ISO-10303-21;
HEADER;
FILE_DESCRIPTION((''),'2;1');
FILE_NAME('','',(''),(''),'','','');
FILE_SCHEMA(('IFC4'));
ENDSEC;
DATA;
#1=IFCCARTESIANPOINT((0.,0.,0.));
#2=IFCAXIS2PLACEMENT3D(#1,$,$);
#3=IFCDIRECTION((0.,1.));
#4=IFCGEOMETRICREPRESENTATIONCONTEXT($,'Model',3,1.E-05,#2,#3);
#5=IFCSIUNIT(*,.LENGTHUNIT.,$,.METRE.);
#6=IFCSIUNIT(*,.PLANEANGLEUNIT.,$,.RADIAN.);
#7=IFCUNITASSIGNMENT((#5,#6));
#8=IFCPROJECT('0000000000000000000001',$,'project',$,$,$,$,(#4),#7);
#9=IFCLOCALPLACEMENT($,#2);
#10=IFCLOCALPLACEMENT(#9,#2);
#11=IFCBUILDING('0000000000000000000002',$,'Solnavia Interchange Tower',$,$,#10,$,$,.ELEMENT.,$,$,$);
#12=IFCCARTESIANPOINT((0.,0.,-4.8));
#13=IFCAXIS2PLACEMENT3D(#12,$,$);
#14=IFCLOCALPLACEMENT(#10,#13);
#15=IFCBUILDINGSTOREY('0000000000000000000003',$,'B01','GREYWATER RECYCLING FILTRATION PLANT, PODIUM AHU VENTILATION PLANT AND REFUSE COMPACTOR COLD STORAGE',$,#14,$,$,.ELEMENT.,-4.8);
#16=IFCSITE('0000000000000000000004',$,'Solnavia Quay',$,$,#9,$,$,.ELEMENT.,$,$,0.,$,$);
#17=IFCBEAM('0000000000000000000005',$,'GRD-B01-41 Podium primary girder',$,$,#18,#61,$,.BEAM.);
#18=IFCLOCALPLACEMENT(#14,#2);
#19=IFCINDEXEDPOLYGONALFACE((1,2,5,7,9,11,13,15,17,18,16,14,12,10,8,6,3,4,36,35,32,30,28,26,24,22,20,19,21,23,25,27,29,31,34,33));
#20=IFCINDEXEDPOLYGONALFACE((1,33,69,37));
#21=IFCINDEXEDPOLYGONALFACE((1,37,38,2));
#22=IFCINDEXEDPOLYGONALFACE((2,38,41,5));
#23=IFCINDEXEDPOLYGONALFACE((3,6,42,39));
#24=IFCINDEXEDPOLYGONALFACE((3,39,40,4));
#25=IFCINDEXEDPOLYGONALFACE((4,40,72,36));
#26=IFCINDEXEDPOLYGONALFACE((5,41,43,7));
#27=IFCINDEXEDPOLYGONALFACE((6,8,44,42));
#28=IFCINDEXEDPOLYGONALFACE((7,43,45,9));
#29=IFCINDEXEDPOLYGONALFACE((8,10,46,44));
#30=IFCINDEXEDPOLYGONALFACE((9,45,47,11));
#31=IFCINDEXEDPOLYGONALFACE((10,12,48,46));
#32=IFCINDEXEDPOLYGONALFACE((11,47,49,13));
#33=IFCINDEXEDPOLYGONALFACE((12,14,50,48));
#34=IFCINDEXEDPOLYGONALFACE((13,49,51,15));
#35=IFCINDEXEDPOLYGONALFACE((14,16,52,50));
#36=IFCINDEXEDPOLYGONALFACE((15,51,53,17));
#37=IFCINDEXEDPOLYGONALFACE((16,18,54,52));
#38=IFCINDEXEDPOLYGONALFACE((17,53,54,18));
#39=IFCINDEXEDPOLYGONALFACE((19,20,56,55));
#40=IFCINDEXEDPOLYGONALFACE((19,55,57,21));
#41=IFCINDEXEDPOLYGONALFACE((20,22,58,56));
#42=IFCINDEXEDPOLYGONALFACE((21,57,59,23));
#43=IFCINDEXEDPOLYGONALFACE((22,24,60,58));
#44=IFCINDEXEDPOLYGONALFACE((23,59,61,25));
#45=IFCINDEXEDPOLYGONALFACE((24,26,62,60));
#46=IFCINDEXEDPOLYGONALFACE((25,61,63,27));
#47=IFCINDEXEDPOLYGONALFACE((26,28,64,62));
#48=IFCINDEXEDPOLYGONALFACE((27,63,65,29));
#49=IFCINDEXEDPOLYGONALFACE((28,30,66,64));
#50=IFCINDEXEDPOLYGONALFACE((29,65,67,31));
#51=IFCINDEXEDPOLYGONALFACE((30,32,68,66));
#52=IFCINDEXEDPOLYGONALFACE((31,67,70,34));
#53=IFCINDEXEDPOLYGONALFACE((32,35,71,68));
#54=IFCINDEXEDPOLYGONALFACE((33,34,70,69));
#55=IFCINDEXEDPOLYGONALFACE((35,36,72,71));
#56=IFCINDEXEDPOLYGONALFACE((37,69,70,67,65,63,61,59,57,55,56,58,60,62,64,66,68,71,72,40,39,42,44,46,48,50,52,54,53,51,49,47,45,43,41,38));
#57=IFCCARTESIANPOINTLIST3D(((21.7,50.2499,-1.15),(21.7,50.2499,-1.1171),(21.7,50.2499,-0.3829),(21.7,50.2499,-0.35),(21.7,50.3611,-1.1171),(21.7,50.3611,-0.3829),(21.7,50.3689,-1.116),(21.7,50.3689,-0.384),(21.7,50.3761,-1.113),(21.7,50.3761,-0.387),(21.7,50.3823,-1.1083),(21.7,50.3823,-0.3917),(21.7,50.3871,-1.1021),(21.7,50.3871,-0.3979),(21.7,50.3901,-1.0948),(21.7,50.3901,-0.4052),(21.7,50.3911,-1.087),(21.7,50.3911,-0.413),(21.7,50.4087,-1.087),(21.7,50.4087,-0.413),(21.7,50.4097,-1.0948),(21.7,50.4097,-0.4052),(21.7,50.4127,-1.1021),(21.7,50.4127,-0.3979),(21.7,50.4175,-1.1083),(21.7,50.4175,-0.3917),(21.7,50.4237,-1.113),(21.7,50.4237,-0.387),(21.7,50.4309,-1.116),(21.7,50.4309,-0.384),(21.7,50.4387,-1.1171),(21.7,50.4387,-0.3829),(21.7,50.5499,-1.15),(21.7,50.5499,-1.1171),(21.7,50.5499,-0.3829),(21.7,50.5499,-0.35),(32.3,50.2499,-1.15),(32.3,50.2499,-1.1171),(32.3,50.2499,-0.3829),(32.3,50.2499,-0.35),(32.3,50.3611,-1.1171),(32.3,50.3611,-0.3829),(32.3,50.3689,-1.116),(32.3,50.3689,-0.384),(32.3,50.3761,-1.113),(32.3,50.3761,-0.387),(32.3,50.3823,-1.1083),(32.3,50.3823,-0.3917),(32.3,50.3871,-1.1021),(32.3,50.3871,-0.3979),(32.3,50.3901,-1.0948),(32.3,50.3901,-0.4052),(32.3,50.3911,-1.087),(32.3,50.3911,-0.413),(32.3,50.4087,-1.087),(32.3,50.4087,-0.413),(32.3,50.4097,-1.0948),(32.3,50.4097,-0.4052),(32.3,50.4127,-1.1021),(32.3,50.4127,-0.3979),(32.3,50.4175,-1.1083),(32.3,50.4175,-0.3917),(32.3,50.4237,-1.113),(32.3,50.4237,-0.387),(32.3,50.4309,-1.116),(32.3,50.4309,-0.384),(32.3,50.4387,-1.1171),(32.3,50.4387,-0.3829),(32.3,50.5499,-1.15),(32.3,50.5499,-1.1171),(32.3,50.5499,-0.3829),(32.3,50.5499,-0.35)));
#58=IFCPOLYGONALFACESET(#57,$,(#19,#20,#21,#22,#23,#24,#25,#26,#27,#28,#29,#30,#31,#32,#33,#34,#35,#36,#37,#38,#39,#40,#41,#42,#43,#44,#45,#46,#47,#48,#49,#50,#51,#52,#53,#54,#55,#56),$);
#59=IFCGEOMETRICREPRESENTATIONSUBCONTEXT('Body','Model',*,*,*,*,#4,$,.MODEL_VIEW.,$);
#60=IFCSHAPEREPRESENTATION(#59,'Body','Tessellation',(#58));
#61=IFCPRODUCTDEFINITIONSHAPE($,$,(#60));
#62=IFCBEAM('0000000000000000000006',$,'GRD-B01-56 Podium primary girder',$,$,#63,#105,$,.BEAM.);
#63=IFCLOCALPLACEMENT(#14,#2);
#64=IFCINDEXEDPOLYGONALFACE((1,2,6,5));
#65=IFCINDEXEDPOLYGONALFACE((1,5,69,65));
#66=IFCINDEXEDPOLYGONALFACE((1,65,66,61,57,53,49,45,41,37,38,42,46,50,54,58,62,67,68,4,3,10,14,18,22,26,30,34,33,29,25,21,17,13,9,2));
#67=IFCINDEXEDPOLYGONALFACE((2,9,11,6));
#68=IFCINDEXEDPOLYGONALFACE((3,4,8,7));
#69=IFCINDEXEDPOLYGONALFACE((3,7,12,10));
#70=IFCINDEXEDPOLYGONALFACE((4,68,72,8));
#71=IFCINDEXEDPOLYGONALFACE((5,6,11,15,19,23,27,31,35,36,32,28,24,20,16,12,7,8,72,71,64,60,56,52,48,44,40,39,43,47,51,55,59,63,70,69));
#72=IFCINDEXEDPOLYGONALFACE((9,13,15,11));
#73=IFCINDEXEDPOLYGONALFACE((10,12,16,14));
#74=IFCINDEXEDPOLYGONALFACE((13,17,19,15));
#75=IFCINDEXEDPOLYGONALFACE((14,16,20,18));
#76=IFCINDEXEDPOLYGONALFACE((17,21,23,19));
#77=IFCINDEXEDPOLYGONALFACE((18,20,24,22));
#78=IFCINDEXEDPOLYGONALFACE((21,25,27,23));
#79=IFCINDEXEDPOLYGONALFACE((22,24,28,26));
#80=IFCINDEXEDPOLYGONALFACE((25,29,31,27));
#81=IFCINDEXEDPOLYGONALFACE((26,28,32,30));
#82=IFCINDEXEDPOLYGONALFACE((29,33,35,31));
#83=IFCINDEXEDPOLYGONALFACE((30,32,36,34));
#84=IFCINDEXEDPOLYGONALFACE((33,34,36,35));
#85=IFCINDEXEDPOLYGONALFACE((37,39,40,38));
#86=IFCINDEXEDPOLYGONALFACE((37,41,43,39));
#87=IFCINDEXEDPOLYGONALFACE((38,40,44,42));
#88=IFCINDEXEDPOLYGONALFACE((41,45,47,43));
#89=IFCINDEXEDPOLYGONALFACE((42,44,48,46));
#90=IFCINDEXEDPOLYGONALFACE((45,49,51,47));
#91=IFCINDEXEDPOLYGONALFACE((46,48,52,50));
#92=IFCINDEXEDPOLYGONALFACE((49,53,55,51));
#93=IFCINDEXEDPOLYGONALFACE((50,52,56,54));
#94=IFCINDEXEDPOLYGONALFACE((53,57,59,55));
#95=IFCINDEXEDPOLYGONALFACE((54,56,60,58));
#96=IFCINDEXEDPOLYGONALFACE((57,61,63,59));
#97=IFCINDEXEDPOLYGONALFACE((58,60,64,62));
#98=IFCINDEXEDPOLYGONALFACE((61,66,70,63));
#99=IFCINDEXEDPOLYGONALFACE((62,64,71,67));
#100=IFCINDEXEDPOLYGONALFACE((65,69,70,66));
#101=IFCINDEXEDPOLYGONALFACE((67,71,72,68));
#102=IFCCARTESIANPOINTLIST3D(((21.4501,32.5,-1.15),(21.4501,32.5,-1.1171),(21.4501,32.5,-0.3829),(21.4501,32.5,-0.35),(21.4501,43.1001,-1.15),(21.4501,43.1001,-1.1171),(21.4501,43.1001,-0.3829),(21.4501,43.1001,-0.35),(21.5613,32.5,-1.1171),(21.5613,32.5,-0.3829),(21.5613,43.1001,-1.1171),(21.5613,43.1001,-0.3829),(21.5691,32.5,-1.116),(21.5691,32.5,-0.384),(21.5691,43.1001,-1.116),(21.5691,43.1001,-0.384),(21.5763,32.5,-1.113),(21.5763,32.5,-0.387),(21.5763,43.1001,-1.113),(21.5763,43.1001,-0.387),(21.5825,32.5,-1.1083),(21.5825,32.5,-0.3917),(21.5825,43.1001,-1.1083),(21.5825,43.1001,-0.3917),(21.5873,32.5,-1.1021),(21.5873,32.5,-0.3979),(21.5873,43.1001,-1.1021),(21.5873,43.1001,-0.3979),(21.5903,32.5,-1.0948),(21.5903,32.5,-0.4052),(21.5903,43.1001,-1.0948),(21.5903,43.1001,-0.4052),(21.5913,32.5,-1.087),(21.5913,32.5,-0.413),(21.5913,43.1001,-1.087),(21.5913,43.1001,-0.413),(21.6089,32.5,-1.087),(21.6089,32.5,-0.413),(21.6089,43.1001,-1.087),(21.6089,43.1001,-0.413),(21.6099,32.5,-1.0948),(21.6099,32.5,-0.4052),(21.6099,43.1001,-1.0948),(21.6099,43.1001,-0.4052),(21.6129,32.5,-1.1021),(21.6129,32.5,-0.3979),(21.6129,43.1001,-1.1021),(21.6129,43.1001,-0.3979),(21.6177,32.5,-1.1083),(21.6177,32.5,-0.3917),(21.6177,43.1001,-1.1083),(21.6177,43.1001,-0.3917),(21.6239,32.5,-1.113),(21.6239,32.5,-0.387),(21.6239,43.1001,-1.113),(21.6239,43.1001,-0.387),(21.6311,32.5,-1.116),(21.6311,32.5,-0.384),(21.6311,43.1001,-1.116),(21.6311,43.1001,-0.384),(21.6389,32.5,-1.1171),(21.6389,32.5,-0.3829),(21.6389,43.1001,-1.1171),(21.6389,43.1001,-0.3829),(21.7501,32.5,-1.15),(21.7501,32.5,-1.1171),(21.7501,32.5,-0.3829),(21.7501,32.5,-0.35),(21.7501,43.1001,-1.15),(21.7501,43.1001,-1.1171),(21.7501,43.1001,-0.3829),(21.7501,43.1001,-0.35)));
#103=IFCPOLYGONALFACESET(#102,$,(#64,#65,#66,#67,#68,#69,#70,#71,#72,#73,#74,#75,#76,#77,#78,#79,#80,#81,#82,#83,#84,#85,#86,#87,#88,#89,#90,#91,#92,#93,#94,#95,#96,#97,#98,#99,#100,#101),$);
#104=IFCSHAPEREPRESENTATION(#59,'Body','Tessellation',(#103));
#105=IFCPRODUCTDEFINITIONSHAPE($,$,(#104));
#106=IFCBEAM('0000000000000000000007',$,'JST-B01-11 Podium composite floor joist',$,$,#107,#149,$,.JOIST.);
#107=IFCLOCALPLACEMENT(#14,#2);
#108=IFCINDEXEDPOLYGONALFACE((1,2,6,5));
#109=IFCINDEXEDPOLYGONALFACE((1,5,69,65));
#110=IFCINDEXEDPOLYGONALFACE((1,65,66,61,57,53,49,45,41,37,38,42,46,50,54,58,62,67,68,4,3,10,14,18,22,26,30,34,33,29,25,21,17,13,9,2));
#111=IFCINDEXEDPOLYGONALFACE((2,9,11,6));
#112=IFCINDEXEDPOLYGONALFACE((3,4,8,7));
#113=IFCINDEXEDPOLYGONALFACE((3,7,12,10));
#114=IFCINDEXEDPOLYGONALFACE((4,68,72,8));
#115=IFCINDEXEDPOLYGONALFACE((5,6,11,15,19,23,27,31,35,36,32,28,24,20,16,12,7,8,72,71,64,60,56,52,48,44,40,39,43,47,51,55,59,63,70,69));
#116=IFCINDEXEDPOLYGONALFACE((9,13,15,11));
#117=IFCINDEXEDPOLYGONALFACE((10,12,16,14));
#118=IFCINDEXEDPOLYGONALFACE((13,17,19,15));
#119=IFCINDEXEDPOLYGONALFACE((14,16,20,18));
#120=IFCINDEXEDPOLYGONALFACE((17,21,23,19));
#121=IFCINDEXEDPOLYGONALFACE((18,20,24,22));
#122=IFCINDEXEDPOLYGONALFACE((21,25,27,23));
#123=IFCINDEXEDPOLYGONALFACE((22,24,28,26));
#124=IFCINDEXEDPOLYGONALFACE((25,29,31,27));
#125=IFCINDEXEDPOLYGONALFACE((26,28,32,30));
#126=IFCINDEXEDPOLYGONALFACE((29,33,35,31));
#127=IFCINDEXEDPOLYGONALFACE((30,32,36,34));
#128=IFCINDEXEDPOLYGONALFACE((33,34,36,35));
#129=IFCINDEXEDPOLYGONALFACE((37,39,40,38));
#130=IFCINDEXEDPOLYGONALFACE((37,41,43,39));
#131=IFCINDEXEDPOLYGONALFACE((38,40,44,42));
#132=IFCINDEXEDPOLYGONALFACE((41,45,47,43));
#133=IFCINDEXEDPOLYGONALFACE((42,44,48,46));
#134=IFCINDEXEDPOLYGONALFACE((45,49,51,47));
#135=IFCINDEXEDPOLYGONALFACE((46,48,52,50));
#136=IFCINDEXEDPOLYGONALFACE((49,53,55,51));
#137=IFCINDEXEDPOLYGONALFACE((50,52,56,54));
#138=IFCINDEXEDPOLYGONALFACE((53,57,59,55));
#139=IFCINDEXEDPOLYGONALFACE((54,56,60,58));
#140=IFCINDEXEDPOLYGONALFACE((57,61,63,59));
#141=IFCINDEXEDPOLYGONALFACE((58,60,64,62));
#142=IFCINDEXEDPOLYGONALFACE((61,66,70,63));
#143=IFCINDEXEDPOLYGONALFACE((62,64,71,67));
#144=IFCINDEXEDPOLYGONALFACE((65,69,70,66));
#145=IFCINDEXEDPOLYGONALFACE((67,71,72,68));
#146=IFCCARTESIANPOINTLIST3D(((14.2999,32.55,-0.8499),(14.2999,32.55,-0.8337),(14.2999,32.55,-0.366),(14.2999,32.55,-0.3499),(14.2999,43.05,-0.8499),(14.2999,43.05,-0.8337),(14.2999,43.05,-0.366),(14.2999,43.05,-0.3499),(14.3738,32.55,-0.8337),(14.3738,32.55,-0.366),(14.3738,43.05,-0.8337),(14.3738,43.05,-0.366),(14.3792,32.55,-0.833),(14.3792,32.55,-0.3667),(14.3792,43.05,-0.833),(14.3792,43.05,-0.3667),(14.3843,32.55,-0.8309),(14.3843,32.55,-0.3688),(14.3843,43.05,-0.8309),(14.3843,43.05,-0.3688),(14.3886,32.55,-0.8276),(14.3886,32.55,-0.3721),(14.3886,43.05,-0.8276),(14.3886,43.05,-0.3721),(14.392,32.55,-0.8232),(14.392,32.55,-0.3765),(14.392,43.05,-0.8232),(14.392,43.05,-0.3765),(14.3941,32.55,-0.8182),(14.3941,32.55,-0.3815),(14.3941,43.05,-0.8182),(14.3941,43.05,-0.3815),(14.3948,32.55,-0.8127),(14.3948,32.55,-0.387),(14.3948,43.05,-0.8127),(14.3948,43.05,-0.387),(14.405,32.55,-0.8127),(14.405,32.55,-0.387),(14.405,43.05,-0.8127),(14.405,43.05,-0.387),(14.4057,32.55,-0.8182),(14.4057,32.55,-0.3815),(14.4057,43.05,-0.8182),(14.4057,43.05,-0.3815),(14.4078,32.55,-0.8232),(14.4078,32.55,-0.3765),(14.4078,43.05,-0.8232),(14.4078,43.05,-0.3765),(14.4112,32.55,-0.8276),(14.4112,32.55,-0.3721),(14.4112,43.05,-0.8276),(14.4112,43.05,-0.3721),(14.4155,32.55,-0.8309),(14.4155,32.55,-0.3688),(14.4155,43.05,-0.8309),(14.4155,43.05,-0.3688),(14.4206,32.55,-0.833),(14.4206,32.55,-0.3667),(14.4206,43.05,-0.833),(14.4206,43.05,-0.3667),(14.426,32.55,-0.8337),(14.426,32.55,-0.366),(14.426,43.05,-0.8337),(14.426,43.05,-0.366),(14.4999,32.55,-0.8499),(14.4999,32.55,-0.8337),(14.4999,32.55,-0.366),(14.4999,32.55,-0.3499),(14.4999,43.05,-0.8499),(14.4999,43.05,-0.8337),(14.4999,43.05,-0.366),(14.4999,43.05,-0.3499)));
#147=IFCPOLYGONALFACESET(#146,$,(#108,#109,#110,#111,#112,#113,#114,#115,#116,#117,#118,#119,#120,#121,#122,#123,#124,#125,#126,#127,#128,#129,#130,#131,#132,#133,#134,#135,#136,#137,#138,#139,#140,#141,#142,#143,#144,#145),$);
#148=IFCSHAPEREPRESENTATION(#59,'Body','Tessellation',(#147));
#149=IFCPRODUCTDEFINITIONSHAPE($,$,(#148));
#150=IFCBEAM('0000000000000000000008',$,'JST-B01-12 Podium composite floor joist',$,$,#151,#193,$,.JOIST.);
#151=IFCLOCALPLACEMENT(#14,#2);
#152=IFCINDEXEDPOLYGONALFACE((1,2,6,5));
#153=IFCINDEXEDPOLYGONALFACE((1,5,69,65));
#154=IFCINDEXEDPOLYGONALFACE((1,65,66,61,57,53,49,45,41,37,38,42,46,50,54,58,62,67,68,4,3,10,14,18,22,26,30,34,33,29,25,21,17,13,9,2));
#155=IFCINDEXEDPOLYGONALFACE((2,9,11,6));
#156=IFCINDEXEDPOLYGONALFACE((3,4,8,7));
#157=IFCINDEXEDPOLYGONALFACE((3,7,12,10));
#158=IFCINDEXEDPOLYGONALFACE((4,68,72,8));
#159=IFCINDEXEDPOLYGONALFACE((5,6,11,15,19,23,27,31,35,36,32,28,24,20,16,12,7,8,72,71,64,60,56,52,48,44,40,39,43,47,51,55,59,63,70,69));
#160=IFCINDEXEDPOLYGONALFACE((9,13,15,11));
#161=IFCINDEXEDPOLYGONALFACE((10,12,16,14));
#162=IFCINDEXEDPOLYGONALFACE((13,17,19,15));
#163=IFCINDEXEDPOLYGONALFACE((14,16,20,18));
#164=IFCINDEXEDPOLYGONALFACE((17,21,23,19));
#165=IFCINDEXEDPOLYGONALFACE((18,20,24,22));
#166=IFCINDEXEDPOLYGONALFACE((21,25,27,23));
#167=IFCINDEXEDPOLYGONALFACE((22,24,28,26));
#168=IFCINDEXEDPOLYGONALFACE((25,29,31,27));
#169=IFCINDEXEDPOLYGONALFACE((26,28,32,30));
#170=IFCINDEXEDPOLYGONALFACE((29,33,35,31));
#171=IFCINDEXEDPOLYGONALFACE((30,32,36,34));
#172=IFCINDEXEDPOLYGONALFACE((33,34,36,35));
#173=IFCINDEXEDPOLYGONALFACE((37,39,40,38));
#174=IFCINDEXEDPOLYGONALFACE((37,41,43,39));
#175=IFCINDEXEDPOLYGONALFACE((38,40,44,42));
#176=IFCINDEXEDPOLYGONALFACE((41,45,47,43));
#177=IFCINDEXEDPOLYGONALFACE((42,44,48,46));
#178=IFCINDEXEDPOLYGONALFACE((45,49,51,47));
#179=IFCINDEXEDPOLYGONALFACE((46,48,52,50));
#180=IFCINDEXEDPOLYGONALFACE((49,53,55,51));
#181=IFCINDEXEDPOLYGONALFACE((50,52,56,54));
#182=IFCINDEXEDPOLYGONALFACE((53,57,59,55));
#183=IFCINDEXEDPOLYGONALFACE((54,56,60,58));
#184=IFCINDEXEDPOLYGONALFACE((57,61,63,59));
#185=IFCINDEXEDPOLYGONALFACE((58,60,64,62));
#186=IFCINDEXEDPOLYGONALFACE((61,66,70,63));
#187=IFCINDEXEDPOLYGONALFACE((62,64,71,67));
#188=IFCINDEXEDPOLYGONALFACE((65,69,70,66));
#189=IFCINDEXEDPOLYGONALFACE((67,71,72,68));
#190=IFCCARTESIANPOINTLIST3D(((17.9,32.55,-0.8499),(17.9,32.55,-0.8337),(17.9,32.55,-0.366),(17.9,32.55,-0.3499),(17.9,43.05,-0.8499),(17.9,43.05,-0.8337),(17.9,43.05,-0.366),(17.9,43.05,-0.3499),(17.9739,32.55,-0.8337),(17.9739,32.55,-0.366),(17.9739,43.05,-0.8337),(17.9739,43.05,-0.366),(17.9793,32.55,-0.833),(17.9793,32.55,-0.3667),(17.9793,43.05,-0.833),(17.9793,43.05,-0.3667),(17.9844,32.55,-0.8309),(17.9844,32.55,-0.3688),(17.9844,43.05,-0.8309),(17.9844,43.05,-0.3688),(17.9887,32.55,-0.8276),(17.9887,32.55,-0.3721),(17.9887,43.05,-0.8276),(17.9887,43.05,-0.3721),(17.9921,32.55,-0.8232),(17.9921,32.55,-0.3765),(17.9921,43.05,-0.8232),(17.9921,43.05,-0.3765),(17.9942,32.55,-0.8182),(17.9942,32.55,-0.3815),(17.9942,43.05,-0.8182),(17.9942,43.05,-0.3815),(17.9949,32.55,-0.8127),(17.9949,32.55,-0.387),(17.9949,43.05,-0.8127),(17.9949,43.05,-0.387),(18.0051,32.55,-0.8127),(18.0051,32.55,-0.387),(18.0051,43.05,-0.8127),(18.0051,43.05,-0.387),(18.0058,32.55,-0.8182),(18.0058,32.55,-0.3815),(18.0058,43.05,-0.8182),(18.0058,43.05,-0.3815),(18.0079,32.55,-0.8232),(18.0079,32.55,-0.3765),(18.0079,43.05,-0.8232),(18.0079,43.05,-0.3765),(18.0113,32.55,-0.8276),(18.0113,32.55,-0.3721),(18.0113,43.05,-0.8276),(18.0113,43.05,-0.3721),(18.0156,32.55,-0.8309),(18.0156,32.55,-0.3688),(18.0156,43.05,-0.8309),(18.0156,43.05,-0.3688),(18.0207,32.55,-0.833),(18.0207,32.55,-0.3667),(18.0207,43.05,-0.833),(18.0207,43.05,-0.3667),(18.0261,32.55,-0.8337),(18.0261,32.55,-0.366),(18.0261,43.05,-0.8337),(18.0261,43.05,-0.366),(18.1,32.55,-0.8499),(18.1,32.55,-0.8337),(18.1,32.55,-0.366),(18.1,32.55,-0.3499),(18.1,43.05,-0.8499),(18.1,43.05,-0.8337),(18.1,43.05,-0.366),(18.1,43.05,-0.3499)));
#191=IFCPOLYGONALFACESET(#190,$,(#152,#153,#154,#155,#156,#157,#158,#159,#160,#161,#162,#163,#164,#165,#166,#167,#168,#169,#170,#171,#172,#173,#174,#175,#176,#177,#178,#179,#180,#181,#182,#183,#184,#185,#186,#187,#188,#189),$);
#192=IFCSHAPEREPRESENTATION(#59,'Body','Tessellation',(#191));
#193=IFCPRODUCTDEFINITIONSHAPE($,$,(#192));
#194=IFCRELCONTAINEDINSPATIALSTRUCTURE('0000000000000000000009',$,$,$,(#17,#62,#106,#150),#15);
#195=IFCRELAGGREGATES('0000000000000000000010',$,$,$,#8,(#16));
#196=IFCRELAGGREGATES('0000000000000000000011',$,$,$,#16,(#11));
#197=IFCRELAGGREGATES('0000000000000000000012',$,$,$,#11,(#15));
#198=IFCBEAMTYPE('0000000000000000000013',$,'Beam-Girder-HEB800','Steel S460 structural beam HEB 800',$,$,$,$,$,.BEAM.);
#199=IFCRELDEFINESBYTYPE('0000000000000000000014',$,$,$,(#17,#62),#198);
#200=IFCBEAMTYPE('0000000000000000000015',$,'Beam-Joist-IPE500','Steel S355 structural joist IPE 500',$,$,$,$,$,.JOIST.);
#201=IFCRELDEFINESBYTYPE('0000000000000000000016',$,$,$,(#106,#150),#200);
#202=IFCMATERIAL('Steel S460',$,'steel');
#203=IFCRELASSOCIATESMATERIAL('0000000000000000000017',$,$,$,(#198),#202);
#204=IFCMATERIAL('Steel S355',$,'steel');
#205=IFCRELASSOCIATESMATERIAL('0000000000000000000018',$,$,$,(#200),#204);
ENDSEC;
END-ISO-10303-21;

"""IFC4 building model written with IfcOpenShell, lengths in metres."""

from ifc_helpers import new_model, si_unit, direction, frame, origin, origin_2d, place, context, subcontext, project, spatial, i_section, extrude, material, material_profile, profile_set, type_object, element, save


model = new_model("IFC4")

# Units and contexts
model_context = context("Model", 3, precision=1e-05, world=origin(), true_north=direction((0.0, 1.0)))
body_context = subcontext(model_context, "Body", "Model", "MODEL_VIEW")
ifc_project = project(units=[si_unit("LENGTHUNIT", "METRE"), si_unit("PLANEANGLEUNIT", "RADIAN")], contexts=[model_context])

# Site, building, storey
site_placement = place(None, origin())
site = spatial("IfcSite", under=ifc_project, at=site_placement, Name="Solnavia Quay", CompositionType="ELEMENT", RefElevation=0.0)
building_placement = place(site_placement, origin())
building = spatial("IfcBuilding", under=site, at=building_placement, Name="Solnavia Interchange Tower", CompositionType="ELEMENT")
storey_placement = place(building_placement, frame((0.0, 0.0, -4.8)))
storey = spatial("IfcBuildingStorey", under=building, at=storey_placement, Name="B01", Description="GREYWATER RECYCLING FILTRATION PLANT, PODIUM AHU VENTILATION PLANT AND REFUSE COMPACTOR COLD STORAGE", CompositionType="ELEMENT", Elevation=-4.8)

# Beams
ifc_material_1 = material(Name="Steel S460", Category="steel")
ifc_material_profile_1 = material_profile(ifc_material_1, i_section(OverallWidth=0.3, OverallDepth=0.8, WebThickness=0.0176, FlangeThickness=0.033, FilletRadius=0.03, at=origin_2d()), Name="HEB 800")
ifc_profile_set_1 = profile_set([ifc_material_profile_1], Name="Steel S460")
beam_type_1 = type_object("IfcBeamType", Name="Beam-Girder-HEB800", Description="Steel S460 structural beam HEB 800", PredefinedType="BEAM", material=ifc_profile_set_1)
for number, where, z_axis, x_axis, name in (
    (1, (21.7, 50.3999, -0.75), (1.0, 0.0, 0.0), (0.0, 1.0, 0.0), "GRD-B01-41 Podium primary girder"),
    (2, (21.6001, 32.5, -0.75), (0.0, 1.0, 0.0), (-1.0, 0.0, 0.0), "GRD-B01-56 Podium primary girder"),
):
    element("IfcBeam", number, at=place(storey_placement, frame(where, z_axis=z_axis, x_axis=x_axis)), inside=storey, type_object=beam_type_1, Name=name, PredefinedType="BEAM", context=body_context, shape_type="SweptSolid", body=[
        extrude(i_section(OverallWidth=0.3, OverallDepth=0.8, WebThickness=0.0176, FlangeThickness=0.033, FilletRadius=0.03, at=origin_2d()), origin(), (0.0, 0.0, 1.0), 10.6001),
    ])
ifc_material_2 = material(Name="Steel S355", Category="steel")
ifc_material_profile_2 = material_profile(ifc_material_2, i_section(OverallWidth=0.2, OverallDepth=0.5, WebThickness=0.0103, FlangeThickness=0.0161, FilletRadius=0.021, at=origin_2d()), Name="IPE 500")
ifc_profile_set_2 = profile_set([ifc_material_profile_2], Name="Steel S355")
beam_type_2 = type_object("IfcBeamType", Name="Beam-Joist-IPE500", Description="Steel S355 structural joist IPE 500", PredefinedType="JOIST", material=ifc_profile_set_2)
for number, where, z_axis, x_axis, name in (
    (3, (14.3999, 32.55, -0.5999), (0.0, 1.0, 0.0), (-1.0, 0.0, 0.0), "JST-B01-11 Podium composite floor joist"),
    (4, (18.0, 32.55, -0.5999), (0.0, 1.0, 0.0), (-1.0, 0.0, 0.0), "JST-B01-12 Podium composite floor joist"),
):
    element("IfcBeam", number, at=place(storey_placement, frame(where, z_axis=z_axis, x_axis=x_axis)), inside=storey, type_object=beam_type_2, Name=name, PredefinedType="JOIST", context=body_context, shape_type="SweptSolid", body=[
        extrude(i_section(OverallWidth=0.2, OverallDepth=0.5, WebThickness=0.0103, FlangeThickness=0.0161, FilletRadius=0.021, at=origin_2d()), origin(), (0.0, 0.0, 1.0), 10.5),
    ])

save(model, "model.ifc")
